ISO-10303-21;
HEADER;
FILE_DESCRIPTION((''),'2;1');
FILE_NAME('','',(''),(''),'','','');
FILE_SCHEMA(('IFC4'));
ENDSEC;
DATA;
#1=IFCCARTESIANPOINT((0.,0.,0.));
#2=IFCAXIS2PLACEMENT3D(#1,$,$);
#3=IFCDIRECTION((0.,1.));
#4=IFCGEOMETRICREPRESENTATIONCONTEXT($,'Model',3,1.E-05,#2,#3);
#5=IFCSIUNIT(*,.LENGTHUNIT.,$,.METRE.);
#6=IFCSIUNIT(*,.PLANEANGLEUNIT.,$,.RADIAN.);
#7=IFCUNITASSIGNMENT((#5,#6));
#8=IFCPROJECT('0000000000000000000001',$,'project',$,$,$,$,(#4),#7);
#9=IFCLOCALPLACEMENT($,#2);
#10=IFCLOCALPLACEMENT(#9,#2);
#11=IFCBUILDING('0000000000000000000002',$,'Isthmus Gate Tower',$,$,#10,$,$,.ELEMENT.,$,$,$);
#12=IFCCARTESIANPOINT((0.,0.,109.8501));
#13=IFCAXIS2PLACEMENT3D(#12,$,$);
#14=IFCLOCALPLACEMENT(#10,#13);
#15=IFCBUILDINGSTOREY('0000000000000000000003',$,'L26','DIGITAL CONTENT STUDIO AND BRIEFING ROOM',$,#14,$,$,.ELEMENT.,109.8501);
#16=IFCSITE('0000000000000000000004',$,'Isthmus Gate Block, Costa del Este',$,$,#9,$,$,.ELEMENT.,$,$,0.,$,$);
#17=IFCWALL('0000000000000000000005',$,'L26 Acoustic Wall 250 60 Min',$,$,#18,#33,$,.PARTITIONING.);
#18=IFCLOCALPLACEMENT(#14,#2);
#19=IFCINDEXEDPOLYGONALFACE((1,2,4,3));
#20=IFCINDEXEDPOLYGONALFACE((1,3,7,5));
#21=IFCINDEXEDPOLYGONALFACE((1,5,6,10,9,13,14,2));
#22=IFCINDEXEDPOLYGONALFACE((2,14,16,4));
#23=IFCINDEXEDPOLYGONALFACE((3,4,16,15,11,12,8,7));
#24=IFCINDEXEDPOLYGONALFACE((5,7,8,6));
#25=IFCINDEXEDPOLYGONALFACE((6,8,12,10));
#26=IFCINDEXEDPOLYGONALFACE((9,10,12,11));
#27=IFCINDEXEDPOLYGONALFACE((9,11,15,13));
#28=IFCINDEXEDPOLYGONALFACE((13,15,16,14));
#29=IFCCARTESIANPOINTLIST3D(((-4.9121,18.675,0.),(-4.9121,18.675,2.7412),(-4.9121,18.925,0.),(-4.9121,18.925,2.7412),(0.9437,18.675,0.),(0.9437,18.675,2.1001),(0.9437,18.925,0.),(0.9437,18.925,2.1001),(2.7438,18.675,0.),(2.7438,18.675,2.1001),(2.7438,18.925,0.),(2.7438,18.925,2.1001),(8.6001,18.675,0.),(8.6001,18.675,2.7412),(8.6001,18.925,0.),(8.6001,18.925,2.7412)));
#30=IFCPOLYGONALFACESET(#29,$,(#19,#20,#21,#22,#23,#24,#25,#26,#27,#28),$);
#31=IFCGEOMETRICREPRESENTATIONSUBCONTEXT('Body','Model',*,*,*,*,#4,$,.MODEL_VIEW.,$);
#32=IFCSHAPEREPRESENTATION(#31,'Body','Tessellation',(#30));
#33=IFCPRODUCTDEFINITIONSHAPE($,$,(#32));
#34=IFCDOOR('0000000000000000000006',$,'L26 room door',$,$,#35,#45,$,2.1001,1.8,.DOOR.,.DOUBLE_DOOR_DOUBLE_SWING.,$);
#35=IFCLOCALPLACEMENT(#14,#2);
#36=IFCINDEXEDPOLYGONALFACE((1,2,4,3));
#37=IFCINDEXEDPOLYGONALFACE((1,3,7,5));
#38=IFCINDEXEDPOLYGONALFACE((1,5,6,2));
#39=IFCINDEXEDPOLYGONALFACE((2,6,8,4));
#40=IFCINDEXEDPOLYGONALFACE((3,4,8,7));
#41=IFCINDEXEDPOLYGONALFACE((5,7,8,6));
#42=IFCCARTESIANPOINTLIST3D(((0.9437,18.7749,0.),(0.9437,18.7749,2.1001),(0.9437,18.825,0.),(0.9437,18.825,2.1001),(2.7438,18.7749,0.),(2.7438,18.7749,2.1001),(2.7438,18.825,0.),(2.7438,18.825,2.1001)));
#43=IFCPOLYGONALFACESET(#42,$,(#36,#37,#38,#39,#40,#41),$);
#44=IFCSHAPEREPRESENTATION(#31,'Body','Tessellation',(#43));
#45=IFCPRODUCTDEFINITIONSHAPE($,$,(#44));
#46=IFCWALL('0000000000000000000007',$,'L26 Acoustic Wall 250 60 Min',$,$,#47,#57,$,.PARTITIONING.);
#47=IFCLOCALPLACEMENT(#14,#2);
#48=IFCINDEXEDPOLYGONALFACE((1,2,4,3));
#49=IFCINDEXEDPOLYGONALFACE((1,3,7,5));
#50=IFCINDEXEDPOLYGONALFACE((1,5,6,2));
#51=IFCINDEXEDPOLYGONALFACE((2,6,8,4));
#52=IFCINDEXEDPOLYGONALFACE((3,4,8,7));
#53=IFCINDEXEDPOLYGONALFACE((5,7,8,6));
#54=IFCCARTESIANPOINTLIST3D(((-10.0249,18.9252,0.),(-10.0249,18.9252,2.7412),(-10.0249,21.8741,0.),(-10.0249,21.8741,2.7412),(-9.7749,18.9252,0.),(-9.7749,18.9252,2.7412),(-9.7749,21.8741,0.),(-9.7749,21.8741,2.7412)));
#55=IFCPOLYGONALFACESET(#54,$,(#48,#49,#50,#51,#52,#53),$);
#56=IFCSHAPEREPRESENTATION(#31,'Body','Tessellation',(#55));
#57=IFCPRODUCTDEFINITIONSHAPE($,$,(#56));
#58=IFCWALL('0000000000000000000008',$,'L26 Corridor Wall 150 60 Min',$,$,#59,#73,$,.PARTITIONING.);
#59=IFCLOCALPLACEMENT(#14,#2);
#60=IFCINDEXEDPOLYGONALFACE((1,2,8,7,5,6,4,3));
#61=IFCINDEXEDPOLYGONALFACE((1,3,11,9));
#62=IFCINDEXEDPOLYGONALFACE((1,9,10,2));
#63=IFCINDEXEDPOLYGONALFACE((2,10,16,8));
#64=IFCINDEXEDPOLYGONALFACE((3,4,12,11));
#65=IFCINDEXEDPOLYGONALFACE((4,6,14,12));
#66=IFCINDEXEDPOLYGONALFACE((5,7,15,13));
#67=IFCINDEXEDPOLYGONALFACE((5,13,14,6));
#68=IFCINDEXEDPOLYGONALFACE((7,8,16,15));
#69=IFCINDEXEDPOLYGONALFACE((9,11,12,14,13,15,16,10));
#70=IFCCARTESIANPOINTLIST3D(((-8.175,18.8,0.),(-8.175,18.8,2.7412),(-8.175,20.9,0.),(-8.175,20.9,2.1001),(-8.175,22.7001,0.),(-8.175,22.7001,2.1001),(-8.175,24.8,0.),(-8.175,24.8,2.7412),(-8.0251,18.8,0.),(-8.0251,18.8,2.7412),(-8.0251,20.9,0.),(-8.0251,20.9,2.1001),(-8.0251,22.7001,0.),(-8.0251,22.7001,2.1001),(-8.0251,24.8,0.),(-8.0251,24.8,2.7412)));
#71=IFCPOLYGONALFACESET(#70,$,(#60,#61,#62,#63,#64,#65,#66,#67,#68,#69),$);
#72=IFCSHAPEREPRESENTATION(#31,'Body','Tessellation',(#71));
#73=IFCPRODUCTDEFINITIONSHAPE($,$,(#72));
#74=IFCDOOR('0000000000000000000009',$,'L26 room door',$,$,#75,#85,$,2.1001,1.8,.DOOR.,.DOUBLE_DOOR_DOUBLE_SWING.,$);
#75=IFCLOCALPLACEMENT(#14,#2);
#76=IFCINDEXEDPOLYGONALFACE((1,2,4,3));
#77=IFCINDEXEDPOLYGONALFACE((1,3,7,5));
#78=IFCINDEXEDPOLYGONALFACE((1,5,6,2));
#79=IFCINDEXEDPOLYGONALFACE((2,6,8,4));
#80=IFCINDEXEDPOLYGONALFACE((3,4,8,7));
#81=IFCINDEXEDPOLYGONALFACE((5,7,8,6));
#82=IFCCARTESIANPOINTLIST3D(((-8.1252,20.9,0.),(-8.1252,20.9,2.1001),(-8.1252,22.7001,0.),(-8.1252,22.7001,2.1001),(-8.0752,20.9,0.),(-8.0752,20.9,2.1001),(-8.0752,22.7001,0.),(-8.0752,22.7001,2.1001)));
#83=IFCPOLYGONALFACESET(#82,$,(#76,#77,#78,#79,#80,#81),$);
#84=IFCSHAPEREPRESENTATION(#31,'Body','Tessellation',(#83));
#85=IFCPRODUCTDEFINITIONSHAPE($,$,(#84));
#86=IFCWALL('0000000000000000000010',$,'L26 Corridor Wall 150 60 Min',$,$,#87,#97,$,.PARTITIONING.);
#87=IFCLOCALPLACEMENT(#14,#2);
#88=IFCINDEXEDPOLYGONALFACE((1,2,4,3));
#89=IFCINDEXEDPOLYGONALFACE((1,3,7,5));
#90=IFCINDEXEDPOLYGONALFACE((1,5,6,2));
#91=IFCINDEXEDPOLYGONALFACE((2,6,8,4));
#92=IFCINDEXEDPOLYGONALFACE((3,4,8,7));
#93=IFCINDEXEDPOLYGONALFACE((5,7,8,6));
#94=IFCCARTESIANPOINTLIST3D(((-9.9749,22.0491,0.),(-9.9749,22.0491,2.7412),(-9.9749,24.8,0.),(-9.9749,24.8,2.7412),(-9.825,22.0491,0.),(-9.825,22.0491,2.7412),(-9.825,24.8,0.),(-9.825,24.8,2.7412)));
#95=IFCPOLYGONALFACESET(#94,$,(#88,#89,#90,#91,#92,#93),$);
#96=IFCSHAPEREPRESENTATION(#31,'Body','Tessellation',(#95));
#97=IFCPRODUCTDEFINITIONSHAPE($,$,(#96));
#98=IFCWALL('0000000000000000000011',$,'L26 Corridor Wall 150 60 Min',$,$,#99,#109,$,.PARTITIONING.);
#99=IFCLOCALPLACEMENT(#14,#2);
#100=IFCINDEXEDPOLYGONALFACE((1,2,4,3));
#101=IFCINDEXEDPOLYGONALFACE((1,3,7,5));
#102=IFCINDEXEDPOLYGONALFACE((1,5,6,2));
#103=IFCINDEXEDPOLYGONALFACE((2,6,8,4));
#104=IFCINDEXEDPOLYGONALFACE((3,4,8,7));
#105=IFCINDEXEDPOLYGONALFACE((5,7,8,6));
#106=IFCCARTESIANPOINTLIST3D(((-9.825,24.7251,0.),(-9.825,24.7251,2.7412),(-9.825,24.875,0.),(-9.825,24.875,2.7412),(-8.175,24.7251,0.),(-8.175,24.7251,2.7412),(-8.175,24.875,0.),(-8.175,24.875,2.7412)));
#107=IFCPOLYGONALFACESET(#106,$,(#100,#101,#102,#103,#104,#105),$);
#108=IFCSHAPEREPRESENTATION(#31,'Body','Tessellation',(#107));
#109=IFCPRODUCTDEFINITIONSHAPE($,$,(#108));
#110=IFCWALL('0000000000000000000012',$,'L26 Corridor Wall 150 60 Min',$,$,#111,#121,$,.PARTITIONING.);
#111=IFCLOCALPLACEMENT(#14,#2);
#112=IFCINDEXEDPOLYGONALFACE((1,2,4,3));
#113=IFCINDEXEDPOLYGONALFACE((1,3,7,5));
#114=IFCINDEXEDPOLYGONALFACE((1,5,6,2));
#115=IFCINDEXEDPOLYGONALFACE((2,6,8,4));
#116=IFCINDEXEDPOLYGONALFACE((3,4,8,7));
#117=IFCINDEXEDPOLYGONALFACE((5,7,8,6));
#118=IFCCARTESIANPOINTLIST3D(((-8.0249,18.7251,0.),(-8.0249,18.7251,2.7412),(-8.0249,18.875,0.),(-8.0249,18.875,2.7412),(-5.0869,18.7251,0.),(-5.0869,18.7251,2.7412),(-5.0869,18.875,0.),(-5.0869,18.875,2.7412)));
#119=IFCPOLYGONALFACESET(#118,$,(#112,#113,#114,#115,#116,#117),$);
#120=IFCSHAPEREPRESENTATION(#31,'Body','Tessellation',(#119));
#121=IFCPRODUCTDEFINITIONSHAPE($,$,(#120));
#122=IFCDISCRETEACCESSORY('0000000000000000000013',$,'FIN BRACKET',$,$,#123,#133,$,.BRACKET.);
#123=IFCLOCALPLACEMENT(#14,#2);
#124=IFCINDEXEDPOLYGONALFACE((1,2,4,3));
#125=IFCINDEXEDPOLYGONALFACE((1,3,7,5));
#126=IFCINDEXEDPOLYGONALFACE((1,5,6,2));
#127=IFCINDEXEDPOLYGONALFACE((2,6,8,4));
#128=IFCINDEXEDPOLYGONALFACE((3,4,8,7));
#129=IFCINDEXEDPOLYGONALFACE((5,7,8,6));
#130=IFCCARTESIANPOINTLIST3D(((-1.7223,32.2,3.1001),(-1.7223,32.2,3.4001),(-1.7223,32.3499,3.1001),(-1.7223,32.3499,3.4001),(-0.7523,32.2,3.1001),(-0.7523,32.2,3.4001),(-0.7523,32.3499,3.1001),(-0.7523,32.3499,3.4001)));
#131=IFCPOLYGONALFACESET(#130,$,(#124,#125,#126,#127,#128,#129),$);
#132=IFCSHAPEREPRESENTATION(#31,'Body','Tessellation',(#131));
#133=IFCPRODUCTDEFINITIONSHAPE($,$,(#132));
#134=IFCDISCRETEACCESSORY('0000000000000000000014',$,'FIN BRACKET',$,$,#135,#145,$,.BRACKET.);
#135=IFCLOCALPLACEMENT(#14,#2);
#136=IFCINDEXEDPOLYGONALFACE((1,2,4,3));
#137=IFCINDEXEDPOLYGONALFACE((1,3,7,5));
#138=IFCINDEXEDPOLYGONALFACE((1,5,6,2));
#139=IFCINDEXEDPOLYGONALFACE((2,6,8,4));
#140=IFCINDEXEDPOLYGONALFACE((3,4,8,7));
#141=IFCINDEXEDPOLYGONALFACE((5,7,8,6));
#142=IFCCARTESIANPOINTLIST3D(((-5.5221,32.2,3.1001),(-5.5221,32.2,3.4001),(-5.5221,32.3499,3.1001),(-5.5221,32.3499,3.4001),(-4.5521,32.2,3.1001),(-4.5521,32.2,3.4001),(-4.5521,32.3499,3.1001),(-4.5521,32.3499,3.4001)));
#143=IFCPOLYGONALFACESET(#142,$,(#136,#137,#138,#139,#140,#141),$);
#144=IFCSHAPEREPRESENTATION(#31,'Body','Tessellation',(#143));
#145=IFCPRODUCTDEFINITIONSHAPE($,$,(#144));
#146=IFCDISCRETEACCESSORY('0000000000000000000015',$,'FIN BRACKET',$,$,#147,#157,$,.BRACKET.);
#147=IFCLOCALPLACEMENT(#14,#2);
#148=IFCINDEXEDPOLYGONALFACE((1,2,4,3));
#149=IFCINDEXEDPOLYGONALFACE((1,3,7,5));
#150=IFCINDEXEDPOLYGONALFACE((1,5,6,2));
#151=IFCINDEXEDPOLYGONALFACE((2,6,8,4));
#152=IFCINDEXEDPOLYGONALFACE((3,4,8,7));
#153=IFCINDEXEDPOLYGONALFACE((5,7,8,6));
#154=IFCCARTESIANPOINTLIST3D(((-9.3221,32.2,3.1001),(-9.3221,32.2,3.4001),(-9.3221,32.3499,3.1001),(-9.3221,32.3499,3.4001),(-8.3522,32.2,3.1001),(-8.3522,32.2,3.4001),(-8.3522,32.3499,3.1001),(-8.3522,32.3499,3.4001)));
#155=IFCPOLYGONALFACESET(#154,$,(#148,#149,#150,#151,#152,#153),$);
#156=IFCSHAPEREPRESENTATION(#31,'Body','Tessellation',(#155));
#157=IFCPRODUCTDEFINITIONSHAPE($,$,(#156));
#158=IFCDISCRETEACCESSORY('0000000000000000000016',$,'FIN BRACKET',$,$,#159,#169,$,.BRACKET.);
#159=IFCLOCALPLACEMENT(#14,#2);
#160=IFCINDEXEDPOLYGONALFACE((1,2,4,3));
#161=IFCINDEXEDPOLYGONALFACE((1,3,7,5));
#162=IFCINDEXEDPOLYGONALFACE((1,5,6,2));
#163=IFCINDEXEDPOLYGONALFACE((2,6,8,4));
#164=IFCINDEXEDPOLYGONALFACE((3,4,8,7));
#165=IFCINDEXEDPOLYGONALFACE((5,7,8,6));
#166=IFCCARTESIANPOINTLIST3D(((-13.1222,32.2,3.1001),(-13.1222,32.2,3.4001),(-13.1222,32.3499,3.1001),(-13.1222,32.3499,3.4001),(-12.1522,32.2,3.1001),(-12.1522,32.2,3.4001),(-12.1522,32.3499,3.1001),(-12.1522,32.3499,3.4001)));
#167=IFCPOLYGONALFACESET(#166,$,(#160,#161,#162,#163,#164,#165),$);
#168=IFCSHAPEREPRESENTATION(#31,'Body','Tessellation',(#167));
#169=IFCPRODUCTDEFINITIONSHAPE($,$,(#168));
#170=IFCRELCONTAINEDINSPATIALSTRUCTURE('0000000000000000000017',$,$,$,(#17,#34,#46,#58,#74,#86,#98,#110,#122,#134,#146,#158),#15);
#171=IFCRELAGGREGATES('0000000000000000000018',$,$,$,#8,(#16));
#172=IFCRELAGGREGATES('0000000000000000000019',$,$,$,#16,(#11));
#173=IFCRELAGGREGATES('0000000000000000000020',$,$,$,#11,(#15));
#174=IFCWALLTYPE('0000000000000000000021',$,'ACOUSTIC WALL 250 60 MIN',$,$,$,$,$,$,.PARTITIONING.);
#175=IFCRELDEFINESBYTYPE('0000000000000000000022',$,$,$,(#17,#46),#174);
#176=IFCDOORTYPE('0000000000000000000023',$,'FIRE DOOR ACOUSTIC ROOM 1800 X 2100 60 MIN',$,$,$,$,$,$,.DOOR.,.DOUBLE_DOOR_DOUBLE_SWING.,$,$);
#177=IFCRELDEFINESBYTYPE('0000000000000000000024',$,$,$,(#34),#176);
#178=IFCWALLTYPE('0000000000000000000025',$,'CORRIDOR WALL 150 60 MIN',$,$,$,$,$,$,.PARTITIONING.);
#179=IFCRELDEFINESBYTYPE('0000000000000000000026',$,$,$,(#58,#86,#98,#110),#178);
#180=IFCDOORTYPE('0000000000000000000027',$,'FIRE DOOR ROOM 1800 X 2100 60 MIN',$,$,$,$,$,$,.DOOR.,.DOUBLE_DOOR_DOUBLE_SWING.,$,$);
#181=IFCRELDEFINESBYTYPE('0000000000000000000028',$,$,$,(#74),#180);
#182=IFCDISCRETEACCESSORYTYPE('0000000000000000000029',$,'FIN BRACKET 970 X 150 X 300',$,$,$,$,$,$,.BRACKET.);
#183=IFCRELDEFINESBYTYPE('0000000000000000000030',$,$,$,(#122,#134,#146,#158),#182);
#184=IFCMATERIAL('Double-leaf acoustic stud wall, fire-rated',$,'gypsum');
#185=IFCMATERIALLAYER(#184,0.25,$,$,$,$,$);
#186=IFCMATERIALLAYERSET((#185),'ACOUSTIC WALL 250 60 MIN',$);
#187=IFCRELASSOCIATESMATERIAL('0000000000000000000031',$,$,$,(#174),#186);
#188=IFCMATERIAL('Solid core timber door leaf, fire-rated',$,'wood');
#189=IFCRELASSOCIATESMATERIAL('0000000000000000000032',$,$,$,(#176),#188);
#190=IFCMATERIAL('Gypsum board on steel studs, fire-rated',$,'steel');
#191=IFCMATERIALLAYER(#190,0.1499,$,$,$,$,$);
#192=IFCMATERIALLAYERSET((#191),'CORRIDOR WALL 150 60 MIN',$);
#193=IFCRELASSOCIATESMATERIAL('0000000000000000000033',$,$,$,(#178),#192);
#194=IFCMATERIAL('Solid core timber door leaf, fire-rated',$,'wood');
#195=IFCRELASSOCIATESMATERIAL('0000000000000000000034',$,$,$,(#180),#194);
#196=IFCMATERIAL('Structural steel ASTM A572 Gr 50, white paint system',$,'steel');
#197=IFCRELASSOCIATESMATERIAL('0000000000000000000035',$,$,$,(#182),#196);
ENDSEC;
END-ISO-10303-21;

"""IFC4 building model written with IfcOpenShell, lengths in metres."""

from ifc_helpers import new_model, si_unit, direction, frame, frame_2d, origin, origin_2d, place, context, subcontext, project, spatial, rectangle, extrude, material, layer, layer_set, type_object, element, fill, save


model = new_model("IFC4")

# Units and contexts
model_context = context("Model", 3, precision=1e-05, world=origin(), true_north=direction((0.0, 1.0)))
body_context = subcontext(model_context, "Body", "Model", "MODEL_VIEW")
ifc_project = project(units=[si_unit("LENGTHUNIT", "METRE"), si_unit("PLANEANGLEUNIT", "RADIAN")], contexts=[model_context])

# Site, building, storey
site_placement = place(None, origin())
site = spatial("IfcSite", under=ifc_project, at=site_placement, Name="Isthmus Gate Block, Costa del Este", CompositionType="ELEMENT", RefElevation=0.0)
building_placement = place(site_placement, origin())
building = spatial("IfcBuilding", under=site, at=building_placement, Name="Isthmus Gate Tower", CompositionType="ELEMENT")
storey_placement = place(building_placement, frame((0.0, 0.0, 109.8501)))
storey = spatial("IfcBuildingStorey", under=building, at=storey_placement, Name="L26", Description="DIGITAL CONTENT STUDIO AND BRIEFING ROOM", CompositionType="ELEMENT", Elevation=109.8501)

# Shared definitions
ifc_material_1 = material(Name="Double-leaf acoustic stud wall, fire-rated", Category="gypsum")
ifc_layer_1 = layer(ifc_material_1, 0.25)
ifc_layer_set_1 = layer_set([ifc_layer_1], Name="ACOUSTIC WALL 250 60 MIN")
wall_type_1 = type_object("IfcWallType", Name="ACOUSTIC WALL 250 60 MIN", PredefinedType="PARTITIONING", material=ifc_layer_set_1)

# Wall, opening, door
wall_1_placement = place(storey_placement, frame((-4.9121, 18.8, 0.0), z_axis=(0.0, 0.0, 1.0), x_axis=(1.0, 0.0, 0.0)))
wall_1 = element("IfcWall", 1, at=wall_1_placement, inside=storey, type_object=wall_type_1, Name="L26 Acoustic Wall 250 60 Min", PredefinedType="PARTITIONING", context=body_context, shape_type="SweptSolid", body=[
    extrude(rectangle(XDim=13.5122, YDim=0.25, at=frame_2d((6.7561, 0.0))), origin(), (0.0, 0.0, 1.0), 2.7412),
])
opening_1_placement = place(wall_1_placement, frame((5.856, 0.0, 0.0)))
opening_1 = element("IfcOpeningElement", 2, at=opening_1_placement, cuts=wall_1, PredefinedType="OPENING", context=body_context, shape_type="SweptSolid", body=[
    extrude(rectangle(XDim=1.8, YDim=2.1001, at=frame_2d((0.8999, 1.05))), frame((0.0, 0.135, 0.0), z_axis=(0.0, -1.0, 0.0), x_axis=(1.0, 0.0, 0.0)), (0.0, 0.0, 1.0), 0.27),
])
ifc_material_2 = material(Name="Solid core timber door leaf, fire-rated", Category="wood")
door_type_1 = type_object("IfcDoorType", Name="FIRE DOOR ACOUSTIC ROOM 1800 X 2100 60 MIN", OperationType="DOUBLE_DOOR_DOUBLE_SWING", PredefinedType="DOOR", material=ifc_material_2)
door_1_placement = place(opening_1_placement, origin())
door_1 = element("IfcDoor", 3, at=door_1_placement, inside=storey, type_object=door_type_1, Name="L26 room door", OperationType="DOUBLE_DOOR_DOUBLE_SWING", OverallHeight=2.1001, OverallWidth=1.8, PredefinedType="DOOR", context=body_context, shape_type="SweptSolid", body=[
    extrude(rectangle(XDim=1.8, YDim=2.1001, at=frame_2d((0.8999, 1.05))), frame((0.0, 0.0249, 0.0), z_axis=(0.0, -1.0, 0.0), x_axis=(1.0, 0.0, 0.0)), (0.0, 0.0, 1.0), 0.05),
])
fill(opening_1, door_1)

# Wall
wall_2_placement = place(storey_placement, frame((-9.8999, 18.925, 0.0), z_axis=(0.0, 0.0, 1.0), x_axis=(0.0, 1.0, 0.0)))
element("IfcWall", 4, at=wall_2_placement, inside=storey, type_object=wall_type_1, Name="L26 Acoustic Wall 250 60 Min", PredefinedType="PARTITIONING", context=body_context, shape_type="SweptSolid", body=[
    extrude(rectangle(XDim=2.949, YDim=0.25, at=frame_2d((1.4746, 0.0))), origin(), (0.0, 0.0, 1.0), 2.7412),
])

# Wall, opening, door
ifc_material_3 = material(Name="Gypsum board on steel studs, fire-rated", Category="steel")
ifc_layer_2 = layer(ifc_material_3, 0.1499)
ifc_layer_set_2 = layer_set([ifc_layer_2], Name="CORRIDOR WALL 150 60 MIN")
wall_type_2 = type_object("IfcWallType", Name="CORRIDOR WALL 150 60 MIN", PredefinedType="PARTITIONING", material=ifc_layer_set_2)
wall_3_placement = place(storey_placement, frame((-8.1001, 24.8, 0.0), z_axis=(0.0, 0.0, 1.0), x_axis=(0.0, -1.0, 0.0)))
wall_3 = element("IfcWall", 5, at=wall_3_placement, inside=storey, type_object=wall_type_2, Name="L26 Corridor Wall 150 60 Min", PredefinedType="PARTITIONING", context=body_context, shape_type="SweptSolid", body=[
    extrude(rectangle(XDim=6.0, YDim=0.1499, at=frame_2d((3.0, 0.0))), origin(), (0.0, 0.0, 1.0), 2.7412),
])
opening_2_placement = place(wall_3_placement, frame((2.1001, 0.0, 0.0)))
opening_2 = element("IfcOpeningElement", 6, at=opening_2_placement, cuts=wall_3, PredefinedType="OPENING", context=body_context, shape_type="SweptSolid", body=[
    extrude(rectangle(XDim=1.8, YDim=2.1001, at=frame_2d((0.8999, 1.05))), frame((0.0, 0.085, 0.0), z_axis=(0.0, -1.0, 0.0), x_axis=(1.0, 0.0, 0.0)), (0.0, 0.0, 1.0), 0.1699),
])
ifc_material_4 = material(Name="Solid core timber door leaf, fire-rated", Category="wood")
door_type_2 = type_object("IfcDoorType", Name="FIRE DOOR ROOM 1800 X 2100 60 MIN", OperationType="DOUBLE_DOOR_DOUBLE_SWING", PredefinedType="DOOR", material=ifc_material_4)
door_2_placement = place(opening_2_placement, origin())
door_2 = element("IfcDoor", 7, at=door_2_placement, inside=storey, type_object=door_type_2, Name="L26 room door", OperationType="DOUBLE_DOOR_DOUBLE_SWING", OverallHeight=2.1001, OverallWidth=1.8, PredefinedType="DOOR", context=body_context, shape_type="SweptSolid", body=[
    extrude(rectangle(XDim=1.8, YDim=2.1001, at=frame_2d((0.8999, 1.05))), frame((0.0, 0.0249, 0.0), z_axis=(0.0, -1.0, 0.0), x_axis=(1.0, 0.0, 0.0)), (0.0, 0.0, 1.0), 0.05),
])
fill(opening_2, door_2)

# Walls
wall_4_placement = place(storey_placement, frame((-9.8999, 22.0491, 0.0), z_axis=(0.0, 0.0, 1.0), x_axis=(0.0, 1.0, 0.0)))
element("IfcWall", 8, at=wall_4_placement, inside=storey, type_object=wall_type_2, Name="L26 Corridor Wall 150 60 Min", PredefinedType="PARTITIONING", context=body_context, shape_type="SweptSolid", body=[
    extrude(rectangle(XDim=2.751, YDim=0.1499, at=frame_2d((1.3755, 0.0))), origin(), (0.0, 0.0, 1.0), 2.7412),
])
wall_5_placement = place(storey_placement, frame((-9.825, 24.8, 0.0), z_axis=(0.0, 0.0, 1.0), x_axis=(1.0, 0.0, 0.0)))
element("IfcWall", 9, at=wall_5_placement, inside=storey, type_object=wall_type_2, Name="L26 Corridor Wall 150 60 Min", PredefinedType="PARTITIONING", context=body_context, shape_type="SweptSolid", body=[
    extrude(rectangle(XDim=1.6499, YDim=0.1499, at=frame_2d((0.825, 0.0))), origin(), (0.0, 0.0, 1.0), 2.7412),
])
wall_6_placement = place(storey_placement, frame((-8.0249, 18.8, 0.0), z_axis=(0.0, 0.0, 1.0), x_axis=(1.0, 0.0, 0.0)))
element("IfcWall", 10, at=wall_6_placement, inside=storey, type_object=wall_type_2, Name="L26 Corridor Wall 150 60 Min", PredefinedType="PARTITIONING", context=body_context, shape_type="SweptSolid", body=[
    extrude(rectangle(XDim=2.938, YDim=0.1499, at=frame_2d((1.469, 0.0))), origin(), (0.0, 0.0, 1.0), 2.7412),
])

# Discrete accessories
ifc_material_5 = material(Name="Structural steel ASTM A572 Gr 50, white paint system", Category="steel")
discrete_accessory_type = type_object("IfcDiscreteAccessoryType", Name="FIN BRACKET 970 X 150 X 300", PredefinedType="BRACKET", material=ifc_material_5)
for number, where, z_axis, x_axis, name in (
    (11, (-1.2373, 32.2749, 3.1001), (0.0, 0.0, 1.0), (0.0, 1.0, 0.0), "FIN BRACKET"),
    (12, (-5.0371, 32.2749, 3.1001), (0.0, 0.0, 1.0), (0.0, 1.0, 0.0), "FIN BRACKET"),
    (13, (-8.8372, 32.2749, 3.1001), (0.0, 0.0, 1.0), (0.0, 1.0, 0.0), "FIN BRACKET"),
    (14, (-12.6372, 32.2749, 3.1001), (0.0, 0.0, 1.0), (0.0, 1.0, 0.0), "FIN BRACKET"),
):
    element("IfcDiscreteAccessory", number, at=place(storey_placement, frame(where, z_axis=z_axis, x_axis=x_axis)), inside=storey, type_object=discrete_accessory_type, Name=name, PredefinedType="BRACKET", context=body_context, shape_type="SweptSolid", body=[
        extrude(rectangle(XDim=0.1499, YDim=0.97, at=origin_2d()), origin(), (0.0, 0.0, 1.0), 0.3),
    ])

save(model, "model.ifc")
